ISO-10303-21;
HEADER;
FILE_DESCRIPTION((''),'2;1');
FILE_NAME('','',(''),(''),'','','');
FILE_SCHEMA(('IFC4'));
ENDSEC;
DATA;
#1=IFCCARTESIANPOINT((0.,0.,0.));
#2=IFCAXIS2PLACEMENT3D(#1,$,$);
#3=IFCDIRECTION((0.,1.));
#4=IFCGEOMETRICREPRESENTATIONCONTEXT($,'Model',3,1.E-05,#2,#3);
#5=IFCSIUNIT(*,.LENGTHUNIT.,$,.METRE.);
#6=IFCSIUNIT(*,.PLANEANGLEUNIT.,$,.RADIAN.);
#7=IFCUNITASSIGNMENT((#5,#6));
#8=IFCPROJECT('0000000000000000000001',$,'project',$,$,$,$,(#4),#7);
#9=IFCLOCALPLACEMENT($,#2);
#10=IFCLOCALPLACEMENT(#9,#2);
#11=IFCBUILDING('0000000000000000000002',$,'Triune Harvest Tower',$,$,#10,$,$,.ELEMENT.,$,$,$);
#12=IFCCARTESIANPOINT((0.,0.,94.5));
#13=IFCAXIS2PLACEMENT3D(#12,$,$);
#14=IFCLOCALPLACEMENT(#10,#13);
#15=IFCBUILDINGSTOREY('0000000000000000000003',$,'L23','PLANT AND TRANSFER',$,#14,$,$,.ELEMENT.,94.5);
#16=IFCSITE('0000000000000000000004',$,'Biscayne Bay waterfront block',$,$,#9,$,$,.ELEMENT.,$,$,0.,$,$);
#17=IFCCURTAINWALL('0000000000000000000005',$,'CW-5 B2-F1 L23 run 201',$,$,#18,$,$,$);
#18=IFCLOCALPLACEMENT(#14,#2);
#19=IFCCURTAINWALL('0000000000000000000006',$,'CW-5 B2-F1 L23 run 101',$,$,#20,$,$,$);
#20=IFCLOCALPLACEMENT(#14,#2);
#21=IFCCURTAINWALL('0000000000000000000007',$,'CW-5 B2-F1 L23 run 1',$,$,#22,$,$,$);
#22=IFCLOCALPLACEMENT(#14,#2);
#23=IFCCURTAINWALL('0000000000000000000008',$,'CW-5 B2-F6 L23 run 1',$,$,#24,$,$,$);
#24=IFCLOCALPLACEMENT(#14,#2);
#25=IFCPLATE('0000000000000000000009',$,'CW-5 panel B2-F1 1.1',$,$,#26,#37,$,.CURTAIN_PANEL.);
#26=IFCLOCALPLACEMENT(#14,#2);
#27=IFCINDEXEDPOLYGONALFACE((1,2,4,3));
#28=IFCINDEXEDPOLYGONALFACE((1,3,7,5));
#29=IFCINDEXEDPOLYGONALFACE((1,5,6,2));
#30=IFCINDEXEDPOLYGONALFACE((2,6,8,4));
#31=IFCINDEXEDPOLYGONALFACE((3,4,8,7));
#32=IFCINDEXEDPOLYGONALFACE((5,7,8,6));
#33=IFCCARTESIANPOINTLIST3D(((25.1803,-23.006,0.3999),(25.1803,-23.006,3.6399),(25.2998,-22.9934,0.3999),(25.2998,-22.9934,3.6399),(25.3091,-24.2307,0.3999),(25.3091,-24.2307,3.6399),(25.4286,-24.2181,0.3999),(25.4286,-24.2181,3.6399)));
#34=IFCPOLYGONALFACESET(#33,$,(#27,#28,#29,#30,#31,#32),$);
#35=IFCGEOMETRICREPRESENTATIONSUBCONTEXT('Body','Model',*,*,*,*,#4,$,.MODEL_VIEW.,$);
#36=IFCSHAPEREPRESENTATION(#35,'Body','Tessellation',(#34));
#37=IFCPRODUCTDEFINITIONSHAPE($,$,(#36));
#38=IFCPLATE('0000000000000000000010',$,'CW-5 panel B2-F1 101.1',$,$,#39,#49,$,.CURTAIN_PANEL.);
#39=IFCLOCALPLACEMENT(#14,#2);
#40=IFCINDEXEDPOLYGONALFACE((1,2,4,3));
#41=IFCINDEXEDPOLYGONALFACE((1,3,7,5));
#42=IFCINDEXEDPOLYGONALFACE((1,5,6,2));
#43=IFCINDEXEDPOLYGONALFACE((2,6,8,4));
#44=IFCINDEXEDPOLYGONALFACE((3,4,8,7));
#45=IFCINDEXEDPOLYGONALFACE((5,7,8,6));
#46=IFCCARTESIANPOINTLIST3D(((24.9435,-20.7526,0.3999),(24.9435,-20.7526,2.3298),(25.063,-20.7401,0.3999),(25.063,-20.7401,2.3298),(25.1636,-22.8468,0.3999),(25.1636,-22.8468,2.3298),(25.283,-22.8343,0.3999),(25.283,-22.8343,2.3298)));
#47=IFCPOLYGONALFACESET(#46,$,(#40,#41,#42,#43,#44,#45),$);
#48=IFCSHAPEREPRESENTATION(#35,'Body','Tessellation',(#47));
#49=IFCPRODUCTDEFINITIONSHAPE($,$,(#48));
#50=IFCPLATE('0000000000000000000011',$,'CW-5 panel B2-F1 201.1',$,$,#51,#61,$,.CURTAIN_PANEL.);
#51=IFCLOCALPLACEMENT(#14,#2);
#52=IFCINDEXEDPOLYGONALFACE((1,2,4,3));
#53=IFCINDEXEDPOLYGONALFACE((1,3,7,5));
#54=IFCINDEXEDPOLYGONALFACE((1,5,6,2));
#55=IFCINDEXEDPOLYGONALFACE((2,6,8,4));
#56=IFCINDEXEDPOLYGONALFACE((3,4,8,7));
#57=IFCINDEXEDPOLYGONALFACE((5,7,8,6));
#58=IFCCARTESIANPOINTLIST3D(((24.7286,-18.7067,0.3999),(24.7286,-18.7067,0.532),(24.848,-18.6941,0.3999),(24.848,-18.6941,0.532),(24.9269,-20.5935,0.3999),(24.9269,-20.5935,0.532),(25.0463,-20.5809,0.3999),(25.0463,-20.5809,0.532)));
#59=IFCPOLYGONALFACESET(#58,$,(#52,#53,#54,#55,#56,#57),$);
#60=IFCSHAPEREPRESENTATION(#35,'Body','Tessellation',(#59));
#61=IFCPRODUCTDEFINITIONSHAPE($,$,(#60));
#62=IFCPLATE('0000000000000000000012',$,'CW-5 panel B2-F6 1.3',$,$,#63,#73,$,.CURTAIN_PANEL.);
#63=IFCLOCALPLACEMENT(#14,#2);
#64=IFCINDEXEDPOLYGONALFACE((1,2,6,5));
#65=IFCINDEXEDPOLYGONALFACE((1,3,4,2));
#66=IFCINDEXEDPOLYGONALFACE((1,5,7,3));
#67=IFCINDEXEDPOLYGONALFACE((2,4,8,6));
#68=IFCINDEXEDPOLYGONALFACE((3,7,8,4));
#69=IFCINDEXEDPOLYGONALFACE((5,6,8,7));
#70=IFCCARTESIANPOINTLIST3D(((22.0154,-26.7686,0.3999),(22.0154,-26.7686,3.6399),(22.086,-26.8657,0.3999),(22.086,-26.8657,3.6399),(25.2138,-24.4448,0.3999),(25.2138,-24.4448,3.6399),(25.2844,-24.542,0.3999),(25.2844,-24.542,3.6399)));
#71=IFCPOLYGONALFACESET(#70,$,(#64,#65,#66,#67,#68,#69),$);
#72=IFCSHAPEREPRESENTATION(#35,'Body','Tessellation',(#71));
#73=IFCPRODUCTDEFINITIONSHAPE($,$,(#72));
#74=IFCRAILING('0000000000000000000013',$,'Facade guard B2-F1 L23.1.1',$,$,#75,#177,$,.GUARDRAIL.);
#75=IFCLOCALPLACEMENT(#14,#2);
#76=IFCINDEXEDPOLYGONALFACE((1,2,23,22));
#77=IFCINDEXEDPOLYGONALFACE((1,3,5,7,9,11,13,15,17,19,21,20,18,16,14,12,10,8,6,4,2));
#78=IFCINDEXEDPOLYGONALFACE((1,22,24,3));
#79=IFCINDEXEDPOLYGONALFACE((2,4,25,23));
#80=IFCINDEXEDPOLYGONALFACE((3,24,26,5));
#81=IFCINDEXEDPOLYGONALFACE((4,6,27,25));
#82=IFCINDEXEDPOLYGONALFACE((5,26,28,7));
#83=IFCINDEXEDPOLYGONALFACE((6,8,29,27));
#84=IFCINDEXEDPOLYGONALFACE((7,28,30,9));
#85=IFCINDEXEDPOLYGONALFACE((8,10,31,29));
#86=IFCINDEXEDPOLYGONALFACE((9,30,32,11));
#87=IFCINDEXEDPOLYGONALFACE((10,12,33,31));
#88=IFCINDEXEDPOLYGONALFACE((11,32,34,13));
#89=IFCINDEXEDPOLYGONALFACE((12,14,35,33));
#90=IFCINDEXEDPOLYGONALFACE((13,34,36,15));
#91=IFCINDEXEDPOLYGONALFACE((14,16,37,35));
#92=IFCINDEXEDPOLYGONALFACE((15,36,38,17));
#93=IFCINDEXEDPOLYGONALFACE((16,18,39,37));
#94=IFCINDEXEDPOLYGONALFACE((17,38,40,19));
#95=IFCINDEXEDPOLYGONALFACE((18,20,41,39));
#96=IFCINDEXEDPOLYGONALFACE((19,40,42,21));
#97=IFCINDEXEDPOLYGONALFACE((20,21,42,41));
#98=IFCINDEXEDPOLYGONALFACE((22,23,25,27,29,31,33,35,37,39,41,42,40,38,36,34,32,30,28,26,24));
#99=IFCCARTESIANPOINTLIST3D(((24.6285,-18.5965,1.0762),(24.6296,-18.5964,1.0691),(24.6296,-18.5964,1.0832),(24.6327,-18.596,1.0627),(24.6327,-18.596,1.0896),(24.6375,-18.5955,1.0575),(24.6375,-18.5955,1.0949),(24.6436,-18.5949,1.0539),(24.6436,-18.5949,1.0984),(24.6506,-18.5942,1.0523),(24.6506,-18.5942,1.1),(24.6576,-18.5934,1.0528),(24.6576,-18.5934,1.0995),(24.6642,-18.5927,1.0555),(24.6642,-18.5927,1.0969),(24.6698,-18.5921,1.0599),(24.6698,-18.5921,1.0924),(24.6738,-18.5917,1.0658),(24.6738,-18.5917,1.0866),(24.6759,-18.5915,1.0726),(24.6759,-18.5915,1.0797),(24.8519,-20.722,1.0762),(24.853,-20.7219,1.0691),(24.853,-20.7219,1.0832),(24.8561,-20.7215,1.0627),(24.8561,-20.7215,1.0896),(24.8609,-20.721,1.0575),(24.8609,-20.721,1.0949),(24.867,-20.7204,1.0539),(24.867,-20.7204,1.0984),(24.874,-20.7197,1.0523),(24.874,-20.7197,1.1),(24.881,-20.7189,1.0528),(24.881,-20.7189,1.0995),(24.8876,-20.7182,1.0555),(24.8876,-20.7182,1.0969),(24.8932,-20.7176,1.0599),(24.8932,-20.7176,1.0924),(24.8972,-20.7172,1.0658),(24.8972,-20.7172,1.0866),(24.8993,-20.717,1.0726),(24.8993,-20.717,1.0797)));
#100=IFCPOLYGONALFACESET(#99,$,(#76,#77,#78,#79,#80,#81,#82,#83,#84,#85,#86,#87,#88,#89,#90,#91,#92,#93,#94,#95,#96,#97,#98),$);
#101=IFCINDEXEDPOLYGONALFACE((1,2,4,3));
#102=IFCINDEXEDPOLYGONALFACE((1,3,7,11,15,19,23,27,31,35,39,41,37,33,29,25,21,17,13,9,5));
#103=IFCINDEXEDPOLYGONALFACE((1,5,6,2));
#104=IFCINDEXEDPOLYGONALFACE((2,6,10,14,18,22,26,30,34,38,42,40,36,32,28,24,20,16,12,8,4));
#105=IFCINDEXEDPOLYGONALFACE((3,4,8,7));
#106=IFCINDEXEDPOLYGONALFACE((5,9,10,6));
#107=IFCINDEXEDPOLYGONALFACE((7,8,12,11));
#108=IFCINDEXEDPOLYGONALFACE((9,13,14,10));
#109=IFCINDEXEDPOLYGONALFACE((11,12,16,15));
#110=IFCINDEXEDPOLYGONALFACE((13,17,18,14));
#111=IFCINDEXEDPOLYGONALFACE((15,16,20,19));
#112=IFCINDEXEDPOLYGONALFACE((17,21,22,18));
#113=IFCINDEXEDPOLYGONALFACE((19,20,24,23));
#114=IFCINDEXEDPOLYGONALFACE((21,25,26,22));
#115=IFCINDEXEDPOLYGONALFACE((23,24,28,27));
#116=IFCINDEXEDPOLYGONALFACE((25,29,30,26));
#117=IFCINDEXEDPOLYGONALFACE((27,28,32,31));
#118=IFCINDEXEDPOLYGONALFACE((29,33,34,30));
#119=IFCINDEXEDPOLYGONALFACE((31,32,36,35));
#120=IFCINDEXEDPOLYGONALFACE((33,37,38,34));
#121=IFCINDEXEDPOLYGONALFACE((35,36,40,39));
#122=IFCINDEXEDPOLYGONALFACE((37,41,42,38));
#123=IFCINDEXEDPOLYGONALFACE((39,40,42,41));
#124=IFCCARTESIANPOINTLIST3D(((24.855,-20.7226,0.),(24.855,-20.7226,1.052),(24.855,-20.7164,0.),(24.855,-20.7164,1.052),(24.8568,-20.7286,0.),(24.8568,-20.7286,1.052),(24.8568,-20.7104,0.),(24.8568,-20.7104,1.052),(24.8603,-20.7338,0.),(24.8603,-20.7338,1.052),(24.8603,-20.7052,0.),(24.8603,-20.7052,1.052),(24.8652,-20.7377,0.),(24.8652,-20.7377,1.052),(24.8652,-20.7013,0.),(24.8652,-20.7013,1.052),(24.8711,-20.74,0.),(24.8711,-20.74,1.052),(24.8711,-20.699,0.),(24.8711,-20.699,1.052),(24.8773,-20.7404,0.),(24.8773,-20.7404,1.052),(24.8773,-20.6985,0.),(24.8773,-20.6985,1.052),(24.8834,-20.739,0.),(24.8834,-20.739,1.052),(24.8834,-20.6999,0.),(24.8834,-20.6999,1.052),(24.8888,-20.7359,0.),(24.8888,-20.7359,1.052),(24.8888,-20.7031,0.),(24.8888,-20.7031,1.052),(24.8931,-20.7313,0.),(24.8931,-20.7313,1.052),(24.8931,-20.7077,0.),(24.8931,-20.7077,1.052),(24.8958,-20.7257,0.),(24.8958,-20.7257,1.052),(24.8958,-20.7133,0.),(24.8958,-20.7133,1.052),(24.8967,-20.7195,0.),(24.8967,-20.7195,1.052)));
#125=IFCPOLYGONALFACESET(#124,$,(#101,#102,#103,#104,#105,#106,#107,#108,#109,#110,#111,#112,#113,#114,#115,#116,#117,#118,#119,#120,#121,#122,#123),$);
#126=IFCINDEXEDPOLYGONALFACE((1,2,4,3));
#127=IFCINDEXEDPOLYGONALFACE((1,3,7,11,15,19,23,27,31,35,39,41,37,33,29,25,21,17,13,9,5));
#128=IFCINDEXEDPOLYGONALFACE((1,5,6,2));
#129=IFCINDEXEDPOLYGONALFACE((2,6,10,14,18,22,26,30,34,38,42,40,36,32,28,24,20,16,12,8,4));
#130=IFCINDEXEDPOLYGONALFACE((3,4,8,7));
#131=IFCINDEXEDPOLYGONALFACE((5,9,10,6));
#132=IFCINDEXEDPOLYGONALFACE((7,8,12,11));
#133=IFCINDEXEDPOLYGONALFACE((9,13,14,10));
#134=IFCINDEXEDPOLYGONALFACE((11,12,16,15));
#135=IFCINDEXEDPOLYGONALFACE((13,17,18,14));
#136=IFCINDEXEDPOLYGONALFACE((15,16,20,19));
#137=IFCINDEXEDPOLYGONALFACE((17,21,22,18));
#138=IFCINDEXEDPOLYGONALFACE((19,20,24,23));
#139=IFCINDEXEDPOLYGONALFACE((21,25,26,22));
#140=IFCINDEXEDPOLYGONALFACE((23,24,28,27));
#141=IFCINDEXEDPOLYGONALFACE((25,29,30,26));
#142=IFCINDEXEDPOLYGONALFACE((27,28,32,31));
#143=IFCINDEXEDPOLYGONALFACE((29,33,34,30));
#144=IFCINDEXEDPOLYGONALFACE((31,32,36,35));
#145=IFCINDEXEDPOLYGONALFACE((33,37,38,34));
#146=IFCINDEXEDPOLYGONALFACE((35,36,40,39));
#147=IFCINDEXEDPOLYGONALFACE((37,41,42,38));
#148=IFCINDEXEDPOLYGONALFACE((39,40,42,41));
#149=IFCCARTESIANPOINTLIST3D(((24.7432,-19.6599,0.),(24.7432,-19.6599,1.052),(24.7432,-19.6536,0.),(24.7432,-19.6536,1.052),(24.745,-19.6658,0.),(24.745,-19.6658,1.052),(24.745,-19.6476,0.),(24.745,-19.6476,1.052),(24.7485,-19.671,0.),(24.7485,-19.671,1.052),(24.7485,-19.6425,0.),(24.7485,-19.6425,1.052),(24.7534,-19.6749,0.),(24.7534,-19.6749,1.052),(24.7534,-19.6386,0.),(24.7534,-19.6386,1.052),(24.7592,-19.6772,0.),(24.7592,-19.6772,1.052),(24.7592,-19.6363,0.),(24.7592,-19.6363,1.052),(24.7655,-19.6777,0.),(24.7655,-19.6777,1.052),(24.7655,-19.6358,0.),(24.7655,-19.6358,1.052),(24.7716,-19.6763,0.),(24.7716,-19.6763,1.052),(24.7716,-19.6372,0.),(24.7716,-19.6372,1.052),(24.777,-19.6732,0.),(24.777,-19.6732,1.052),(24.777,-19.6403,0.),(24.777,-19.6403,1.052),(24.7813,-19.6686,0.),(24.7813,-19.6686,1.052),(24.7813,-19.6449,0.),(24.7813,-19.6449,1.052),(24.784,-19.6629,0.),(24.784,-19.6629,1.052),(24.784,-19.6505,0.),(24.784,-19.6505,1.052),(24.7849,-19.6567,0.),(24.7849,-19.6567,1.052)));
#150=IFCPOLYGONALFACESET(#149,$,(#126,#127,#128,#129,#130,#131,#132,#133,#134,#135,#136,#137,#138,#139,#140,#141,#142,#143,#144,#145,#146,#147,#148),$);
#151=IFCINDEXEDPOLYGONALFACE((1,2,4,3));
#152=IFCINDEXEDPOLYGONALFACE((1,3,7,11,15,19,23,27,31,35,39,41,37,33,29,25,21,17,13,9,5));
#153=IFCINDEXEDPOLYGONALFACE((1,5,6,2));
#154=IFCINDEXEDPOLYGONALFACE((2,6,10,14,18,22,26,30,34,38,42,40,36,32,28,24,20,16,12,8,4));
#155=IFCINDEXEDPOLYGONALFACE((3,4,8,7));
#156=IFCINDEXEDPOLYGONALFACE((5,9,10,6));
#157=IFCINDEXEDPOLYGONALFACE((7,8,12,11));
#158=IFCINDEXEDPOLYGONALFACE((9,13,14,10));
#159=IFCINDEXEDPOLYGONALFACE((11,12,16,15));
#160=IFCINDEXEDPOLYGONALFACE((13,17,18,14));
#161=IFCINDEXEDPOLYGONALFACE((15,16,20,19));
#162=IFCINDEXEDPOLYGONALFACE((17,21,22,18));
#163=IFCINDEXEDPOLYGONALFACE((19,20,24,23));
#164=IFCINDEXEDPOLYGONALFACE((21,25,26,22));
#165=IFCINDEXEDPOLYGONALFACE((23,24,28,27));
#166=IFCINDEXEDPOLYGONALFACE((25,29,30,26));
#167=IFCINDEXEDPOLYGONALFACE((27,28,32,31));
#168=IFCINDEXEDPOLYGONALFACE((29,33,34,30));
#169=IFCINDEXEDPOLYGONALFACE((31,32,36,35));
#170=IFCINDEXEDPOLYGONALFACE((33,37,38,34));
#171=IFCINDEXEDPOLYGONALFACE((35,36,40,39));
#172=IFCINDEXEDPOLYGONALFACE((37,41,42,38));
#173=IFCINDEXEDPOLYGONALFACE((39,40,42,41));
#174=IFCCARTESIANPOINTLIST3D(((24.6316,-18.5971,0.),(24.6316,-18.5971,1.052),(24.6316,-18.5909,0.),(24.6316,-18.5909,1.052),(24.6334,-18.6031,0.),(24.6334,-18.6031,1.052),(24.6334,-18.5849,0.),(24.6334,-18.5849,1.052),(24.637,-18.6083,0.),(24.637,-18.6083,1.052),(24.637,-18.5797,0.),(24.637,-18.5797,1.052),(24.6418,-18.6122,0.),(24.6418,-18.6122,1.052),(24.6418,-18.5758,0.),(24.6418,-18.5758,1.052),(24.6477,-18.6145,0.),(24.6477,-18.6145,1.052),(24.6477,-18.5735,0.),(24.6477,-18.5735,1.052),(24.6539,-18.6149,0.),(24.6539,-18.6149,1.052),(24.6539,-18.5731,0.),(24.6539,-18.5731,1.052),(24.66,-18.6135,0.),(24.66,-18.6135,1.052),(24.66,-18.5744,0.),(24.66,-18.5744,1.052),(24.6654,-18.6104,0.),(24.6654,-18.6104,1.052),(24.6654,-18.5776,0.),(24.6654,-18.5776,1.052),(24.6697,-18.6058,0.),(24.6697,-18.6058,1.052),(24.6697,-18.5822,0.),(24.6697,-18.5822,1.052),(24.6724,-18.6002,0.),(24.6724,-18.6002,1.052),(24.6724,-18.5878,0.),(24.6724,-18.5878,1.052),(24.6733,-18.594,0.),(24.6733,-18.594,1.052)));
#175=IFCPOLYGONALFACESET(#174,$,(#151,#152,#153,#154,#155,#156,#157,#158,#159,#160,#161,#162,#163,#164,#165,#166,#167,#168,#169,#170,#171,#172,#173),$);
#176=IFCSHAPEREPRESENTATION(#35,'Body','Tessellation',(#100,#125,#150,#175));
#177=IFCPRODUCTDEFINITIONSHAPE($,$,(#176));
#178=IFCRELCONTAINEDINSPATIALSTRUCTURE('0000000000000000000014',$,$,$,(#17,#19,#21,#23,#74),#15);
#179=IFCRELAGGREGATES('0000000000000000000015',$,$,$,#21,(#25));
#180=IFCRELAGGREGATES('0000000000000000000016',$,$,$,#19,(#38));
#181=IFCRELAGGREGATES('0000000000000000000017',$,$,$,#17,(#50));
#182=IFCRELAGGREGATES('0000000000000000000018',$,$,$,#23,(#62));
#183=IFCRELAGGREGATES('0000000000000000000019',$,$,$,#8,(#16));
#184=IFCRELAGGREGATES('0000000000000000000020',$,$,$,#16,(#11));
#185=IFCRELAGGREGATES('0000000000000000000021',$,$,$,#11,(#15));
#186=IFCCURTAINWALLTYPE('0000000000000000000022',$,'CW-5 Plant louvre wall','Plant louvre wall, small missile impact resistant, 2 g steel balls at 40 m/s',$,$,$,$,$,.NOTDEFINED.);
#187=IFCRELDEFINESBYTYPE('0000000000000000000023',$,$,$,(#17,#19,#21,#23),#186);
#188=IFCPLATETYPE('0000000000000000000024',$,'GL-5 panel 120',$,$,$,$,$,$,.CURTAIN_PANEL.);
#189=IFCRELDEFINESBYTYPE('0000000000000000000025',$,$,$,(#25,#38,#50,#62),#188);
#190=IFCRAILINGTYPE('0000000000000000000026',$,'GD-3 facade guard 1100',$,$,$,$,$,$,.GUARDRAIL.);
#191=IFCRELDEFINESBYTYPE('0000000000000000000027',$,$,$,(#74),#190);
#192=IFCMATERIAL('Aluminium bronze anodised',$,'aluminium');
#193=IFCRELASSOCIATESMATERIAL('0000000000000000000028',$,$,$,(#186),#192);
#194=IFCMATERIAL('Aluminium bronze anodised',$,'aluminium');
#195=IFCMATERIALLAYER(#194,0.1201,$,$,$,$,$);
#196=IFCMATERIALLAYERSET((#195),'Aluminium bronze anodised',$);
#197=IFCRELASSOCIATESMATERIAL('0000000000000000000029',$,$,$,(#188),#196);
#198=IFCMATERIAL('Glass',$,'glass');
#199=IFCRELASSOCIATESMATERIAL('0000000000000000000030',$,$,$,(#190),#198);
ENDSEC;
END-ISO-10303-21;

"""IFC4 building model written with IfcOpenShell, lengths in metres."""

from ifc_helpers import new_model, si_unit, direction, frame, origin, origin_2d, place, context, subcontext, project, spatial, rectangle, circle, extrude, source, transform, mapped, material, layer, layer_set, type_object, element, aggregate, save


model = new_model("IFC4")

# Units and contexts
model_context = context("Model", 3, precision=1e-05, world=origin(), true_north=direction((0.0, 1.0)))
body_context = subcontext(model_context, "Body", "Model", "MODEL_VIEW")
ifc_project = project(units=[si_unit("LENGTHUNIT", "METRE"), si_unit("PLANEANGLEUNIT", "RADIAN")], contexts=[model_context])

# Site, building, storey
site_placement = place(None, origin())
site = spatial("IfcSite", under=ifc_project, at=site_placement, Name="Biscayne Bay waterfront block", CompositionType="ELEMENT", RefElevation=0.0)
building_placement = place(site_placement, origin())
building = spatial("IfcBuilding", under=site, at=building_placement, Name="Triune Harvest Tower", CompositionType="ELEMENT")
storey_placement = place(building_placement, frame((0.0, 0.0, 94.5)))
storey = spatial("IfcBuildingStorey", under=building, at=storey_placement, Name="L23", Description="PLANT AND TRANSFER", CompositionType="ELEMENT", Elevation=94.5)

# Curtain wall
ifc_material_1 = material(Name="Aluminium bronze anodised", Category="aluminium")
curtain_wall_type = type_object("IfcCurtainWallType", Name="CW-5 Plant louvre wall", Description="Plant louvre wall, small missile impact resistant, 2 g steel balls at 40 m/s", PredefinedType="NOTDEFINED", material=ifc_material_1)
curtain_wall_1_placement = place(storey_placement, origin())
curtain_wall_1 = element("IfcCurtainWall", 1, at=curtain_wall_1_placement, inside=storey, type_object=curtain_wall_type, Name="CW-5 B2-F1 L23 run 201")

# Curtain walls
curtain_wall_2_placement = place(storey_placement, origin())
curtain_wall_2 = element("IfcCurtainWall", 2, at=curtain_wall_2_placement, inside=storey, type_object=curtain_wall_type, Name="CW-5 B2-F1 L23 run 101")
curtain_wall_3_placement = place(storey_placement, origin())
curtain_wall_3 = element("IfcCurtainWall", 3, at=curtain_wall_3_placement, inside=storey, type_object=curtain_wall_type, Name="CW-5 B2-F1 L23 run 1")

# Curtain wall
curtain_wall_4_placement = place(storey_placement, origin())
curtain_wall_4 = element("IfcCurtainWall", 4, at=curtain_wall_4_placement, inside=storey, type_object=curtain_wall_type, Name="CW-5 B2-F6 L23 run 1")

# Plates
ifc_material_2 = material(Name="Aluminium bronze anodised", Category="aluminium")
ifc_layer = layer(ifc_material_2, 0.1201)
ifc_layer_set = layer_set([ifc_layer], Name="Aluminium bronze anodised")
plate_type = type_object("IfcPlateType", Name="GL-5 panel 120", PredefinedType="CURTAIN_PANEL", material=ifc_layer_set)
shared_shape_1 = source(origin(), body_context, "Body", "SweptSolid", [
    extrude(rectangle(XDim=1.2314, YDim=0.1201, at=origin_2d()), origin(), (0.0, 0.0, 1.0), 3.24),
])
plate_1_placement = place(storey_placement, frame((25.3044, -23.6121, 0.3999), z_axis=(0.0, 0.0, 1.0), x_axis=(-0.104561, 0.994518, 0.0)))
plate_1 = element("IfcPlate", 5, at=plate_1_placement, type_object=plate_type, Name="CW-5 panel B2-F1 1.1", PredefinedType="CURTAIN_PANEL", context=body_context, shape_type="MappedRepresentation", body=[
    mapped(shared_shape_1, transform((0.0, 0.0, 0.0), scale=1.0)),
])
aggregate(curtain_wall_3, [plate_1])
shared_shape_2 = source(origin(), body_context, "Body", "SweptSolid", [
    extrude(rectangle(XDim=2.1057, YDim=0.1201, at=origin_2d()), origin(), (0.0, 0.0, 1.0), 1.9299),
])
plate_2_placement = place(storey_placement, frame((25.1133, -21.7935, 0.3999), z_axis=(0.0, 0.0, 1.0), x_axis=(-0.10451, 0.994524, 0.0)))
plate_2 = element("IfcPlate", 6, at=plate_2_placement, type_object=plate_type, Name="CW-5 panel B2-F1 101.1", PredefinedType="CURTAIN_PANEL", context=body_context, shape_type="MappedRepresentation", body=[
    mapped(shared_shape_2, transform((0.0, 0.0, 0.0), scale=1.0)),
])
aggregate(curtain_wall_2, [plate_2])
shared_shape_3 = source(origin(), body_context, "Body", "SweptSolid", [
    extrude(rectangle(XDim=1.8972, YDim=0.1201, at=origin_2d()), origin(), (0.0, 0.0, 1.0), 0.1321),
])
plate_3_placement = place(storey_placement, frame((24.8875, -19.6438, 0.3999), z_axis=(0.0, 0.0, 1.0), x_axis=(-0.104508, 0.994524, 0.0)))
plate_3 = element("IfcPlate", 7, at=plate_3_placement, type_object=plate_type, Name="CW-5 panel B2-F1 201.1", PredefinedType="CURTAIN_PANEL", context=body_context, shape_type="MappedRepresentation", body=[
    mapped(shared_shape_3, transform((0.0, 0.0, 0.0), scale=1.0)),
])
aggregate(curtain_wall_1, [plate_3])
shared_shape_4 = source(origin(), body_context, "Body", "SweptSolid", [
    extrude(rectangle(XDim=3.9534, YDim=0.1201, at=origin_2d()), origin(), (0.0, 0.0, 1.0), 3.24),
])
plate_4_placement = place(storey_placement, frame((23.6499, -25.6553, 0.3999), z_axis=(0.0, 0.0, 1.0), x_axis=(0.809013, 0.58779, 0.0)))
plate_4 = element("IfcPlate", 8, at=plate_4_placement, type_object=plate_type, Name="CW-5 panel B2-F6 1.3", PredefinedType="CURTAIN_PANEL", context=body_context, shape_type="MappedRepresentation", body=[
    mapped(shared_shape_4, transform((0.0, 0.0, 0.0), scale=1.0)),
])
aggregate(curtain_wall_4, [plate_4])

# Railing
ifc_material_3 = material(Name="Glass", Category="glass")
railing_type = type_object("IfcRailingType", Name="GD-3 facade guard 1100", PredefinedType="GUARDRAIL", material=ifc_material_3)
railing_1_placement = place(storey_placement, frame((24.8757, -20.7195, 0.0)))
element("IfcRailing", 9, at=railing_1_placement, inside=storey, type_object=railing_type, Name="Facade guard B2-F1 L23.1.1", PredefinedType="GUARDRAIL", context=body_context, shape_type="SweptSolid", body=[
    extrude(circle(Radius=0.0239, at=origin_2d()), frame((0.0, 0.0, 1.0762), z_axis=(-0.104524, 0.994522, 0.0), x_axis=(-0.994522, -0.104524, 0.0)), (0.0, 0.0, 1.0), 2.1372),
    extrude(circle(Radius=0.021, at=origin_2d()), origin(), (0.0, 0.0, 1.0), 1.052),
    extrude(circle(Radius=0.021, at=origin_2d()), frame((-0.1118, 1.0627, 0.0)), (0.0, 0.0, 1.0), 1.052),
    extrude(circle(Radius=0.021, at=origin_2d()), frame((-0.2234, 2.1255, 0.0)), (0.0, 0.0, 1.0), 1.052),
])

save(model, "model.ifc")
